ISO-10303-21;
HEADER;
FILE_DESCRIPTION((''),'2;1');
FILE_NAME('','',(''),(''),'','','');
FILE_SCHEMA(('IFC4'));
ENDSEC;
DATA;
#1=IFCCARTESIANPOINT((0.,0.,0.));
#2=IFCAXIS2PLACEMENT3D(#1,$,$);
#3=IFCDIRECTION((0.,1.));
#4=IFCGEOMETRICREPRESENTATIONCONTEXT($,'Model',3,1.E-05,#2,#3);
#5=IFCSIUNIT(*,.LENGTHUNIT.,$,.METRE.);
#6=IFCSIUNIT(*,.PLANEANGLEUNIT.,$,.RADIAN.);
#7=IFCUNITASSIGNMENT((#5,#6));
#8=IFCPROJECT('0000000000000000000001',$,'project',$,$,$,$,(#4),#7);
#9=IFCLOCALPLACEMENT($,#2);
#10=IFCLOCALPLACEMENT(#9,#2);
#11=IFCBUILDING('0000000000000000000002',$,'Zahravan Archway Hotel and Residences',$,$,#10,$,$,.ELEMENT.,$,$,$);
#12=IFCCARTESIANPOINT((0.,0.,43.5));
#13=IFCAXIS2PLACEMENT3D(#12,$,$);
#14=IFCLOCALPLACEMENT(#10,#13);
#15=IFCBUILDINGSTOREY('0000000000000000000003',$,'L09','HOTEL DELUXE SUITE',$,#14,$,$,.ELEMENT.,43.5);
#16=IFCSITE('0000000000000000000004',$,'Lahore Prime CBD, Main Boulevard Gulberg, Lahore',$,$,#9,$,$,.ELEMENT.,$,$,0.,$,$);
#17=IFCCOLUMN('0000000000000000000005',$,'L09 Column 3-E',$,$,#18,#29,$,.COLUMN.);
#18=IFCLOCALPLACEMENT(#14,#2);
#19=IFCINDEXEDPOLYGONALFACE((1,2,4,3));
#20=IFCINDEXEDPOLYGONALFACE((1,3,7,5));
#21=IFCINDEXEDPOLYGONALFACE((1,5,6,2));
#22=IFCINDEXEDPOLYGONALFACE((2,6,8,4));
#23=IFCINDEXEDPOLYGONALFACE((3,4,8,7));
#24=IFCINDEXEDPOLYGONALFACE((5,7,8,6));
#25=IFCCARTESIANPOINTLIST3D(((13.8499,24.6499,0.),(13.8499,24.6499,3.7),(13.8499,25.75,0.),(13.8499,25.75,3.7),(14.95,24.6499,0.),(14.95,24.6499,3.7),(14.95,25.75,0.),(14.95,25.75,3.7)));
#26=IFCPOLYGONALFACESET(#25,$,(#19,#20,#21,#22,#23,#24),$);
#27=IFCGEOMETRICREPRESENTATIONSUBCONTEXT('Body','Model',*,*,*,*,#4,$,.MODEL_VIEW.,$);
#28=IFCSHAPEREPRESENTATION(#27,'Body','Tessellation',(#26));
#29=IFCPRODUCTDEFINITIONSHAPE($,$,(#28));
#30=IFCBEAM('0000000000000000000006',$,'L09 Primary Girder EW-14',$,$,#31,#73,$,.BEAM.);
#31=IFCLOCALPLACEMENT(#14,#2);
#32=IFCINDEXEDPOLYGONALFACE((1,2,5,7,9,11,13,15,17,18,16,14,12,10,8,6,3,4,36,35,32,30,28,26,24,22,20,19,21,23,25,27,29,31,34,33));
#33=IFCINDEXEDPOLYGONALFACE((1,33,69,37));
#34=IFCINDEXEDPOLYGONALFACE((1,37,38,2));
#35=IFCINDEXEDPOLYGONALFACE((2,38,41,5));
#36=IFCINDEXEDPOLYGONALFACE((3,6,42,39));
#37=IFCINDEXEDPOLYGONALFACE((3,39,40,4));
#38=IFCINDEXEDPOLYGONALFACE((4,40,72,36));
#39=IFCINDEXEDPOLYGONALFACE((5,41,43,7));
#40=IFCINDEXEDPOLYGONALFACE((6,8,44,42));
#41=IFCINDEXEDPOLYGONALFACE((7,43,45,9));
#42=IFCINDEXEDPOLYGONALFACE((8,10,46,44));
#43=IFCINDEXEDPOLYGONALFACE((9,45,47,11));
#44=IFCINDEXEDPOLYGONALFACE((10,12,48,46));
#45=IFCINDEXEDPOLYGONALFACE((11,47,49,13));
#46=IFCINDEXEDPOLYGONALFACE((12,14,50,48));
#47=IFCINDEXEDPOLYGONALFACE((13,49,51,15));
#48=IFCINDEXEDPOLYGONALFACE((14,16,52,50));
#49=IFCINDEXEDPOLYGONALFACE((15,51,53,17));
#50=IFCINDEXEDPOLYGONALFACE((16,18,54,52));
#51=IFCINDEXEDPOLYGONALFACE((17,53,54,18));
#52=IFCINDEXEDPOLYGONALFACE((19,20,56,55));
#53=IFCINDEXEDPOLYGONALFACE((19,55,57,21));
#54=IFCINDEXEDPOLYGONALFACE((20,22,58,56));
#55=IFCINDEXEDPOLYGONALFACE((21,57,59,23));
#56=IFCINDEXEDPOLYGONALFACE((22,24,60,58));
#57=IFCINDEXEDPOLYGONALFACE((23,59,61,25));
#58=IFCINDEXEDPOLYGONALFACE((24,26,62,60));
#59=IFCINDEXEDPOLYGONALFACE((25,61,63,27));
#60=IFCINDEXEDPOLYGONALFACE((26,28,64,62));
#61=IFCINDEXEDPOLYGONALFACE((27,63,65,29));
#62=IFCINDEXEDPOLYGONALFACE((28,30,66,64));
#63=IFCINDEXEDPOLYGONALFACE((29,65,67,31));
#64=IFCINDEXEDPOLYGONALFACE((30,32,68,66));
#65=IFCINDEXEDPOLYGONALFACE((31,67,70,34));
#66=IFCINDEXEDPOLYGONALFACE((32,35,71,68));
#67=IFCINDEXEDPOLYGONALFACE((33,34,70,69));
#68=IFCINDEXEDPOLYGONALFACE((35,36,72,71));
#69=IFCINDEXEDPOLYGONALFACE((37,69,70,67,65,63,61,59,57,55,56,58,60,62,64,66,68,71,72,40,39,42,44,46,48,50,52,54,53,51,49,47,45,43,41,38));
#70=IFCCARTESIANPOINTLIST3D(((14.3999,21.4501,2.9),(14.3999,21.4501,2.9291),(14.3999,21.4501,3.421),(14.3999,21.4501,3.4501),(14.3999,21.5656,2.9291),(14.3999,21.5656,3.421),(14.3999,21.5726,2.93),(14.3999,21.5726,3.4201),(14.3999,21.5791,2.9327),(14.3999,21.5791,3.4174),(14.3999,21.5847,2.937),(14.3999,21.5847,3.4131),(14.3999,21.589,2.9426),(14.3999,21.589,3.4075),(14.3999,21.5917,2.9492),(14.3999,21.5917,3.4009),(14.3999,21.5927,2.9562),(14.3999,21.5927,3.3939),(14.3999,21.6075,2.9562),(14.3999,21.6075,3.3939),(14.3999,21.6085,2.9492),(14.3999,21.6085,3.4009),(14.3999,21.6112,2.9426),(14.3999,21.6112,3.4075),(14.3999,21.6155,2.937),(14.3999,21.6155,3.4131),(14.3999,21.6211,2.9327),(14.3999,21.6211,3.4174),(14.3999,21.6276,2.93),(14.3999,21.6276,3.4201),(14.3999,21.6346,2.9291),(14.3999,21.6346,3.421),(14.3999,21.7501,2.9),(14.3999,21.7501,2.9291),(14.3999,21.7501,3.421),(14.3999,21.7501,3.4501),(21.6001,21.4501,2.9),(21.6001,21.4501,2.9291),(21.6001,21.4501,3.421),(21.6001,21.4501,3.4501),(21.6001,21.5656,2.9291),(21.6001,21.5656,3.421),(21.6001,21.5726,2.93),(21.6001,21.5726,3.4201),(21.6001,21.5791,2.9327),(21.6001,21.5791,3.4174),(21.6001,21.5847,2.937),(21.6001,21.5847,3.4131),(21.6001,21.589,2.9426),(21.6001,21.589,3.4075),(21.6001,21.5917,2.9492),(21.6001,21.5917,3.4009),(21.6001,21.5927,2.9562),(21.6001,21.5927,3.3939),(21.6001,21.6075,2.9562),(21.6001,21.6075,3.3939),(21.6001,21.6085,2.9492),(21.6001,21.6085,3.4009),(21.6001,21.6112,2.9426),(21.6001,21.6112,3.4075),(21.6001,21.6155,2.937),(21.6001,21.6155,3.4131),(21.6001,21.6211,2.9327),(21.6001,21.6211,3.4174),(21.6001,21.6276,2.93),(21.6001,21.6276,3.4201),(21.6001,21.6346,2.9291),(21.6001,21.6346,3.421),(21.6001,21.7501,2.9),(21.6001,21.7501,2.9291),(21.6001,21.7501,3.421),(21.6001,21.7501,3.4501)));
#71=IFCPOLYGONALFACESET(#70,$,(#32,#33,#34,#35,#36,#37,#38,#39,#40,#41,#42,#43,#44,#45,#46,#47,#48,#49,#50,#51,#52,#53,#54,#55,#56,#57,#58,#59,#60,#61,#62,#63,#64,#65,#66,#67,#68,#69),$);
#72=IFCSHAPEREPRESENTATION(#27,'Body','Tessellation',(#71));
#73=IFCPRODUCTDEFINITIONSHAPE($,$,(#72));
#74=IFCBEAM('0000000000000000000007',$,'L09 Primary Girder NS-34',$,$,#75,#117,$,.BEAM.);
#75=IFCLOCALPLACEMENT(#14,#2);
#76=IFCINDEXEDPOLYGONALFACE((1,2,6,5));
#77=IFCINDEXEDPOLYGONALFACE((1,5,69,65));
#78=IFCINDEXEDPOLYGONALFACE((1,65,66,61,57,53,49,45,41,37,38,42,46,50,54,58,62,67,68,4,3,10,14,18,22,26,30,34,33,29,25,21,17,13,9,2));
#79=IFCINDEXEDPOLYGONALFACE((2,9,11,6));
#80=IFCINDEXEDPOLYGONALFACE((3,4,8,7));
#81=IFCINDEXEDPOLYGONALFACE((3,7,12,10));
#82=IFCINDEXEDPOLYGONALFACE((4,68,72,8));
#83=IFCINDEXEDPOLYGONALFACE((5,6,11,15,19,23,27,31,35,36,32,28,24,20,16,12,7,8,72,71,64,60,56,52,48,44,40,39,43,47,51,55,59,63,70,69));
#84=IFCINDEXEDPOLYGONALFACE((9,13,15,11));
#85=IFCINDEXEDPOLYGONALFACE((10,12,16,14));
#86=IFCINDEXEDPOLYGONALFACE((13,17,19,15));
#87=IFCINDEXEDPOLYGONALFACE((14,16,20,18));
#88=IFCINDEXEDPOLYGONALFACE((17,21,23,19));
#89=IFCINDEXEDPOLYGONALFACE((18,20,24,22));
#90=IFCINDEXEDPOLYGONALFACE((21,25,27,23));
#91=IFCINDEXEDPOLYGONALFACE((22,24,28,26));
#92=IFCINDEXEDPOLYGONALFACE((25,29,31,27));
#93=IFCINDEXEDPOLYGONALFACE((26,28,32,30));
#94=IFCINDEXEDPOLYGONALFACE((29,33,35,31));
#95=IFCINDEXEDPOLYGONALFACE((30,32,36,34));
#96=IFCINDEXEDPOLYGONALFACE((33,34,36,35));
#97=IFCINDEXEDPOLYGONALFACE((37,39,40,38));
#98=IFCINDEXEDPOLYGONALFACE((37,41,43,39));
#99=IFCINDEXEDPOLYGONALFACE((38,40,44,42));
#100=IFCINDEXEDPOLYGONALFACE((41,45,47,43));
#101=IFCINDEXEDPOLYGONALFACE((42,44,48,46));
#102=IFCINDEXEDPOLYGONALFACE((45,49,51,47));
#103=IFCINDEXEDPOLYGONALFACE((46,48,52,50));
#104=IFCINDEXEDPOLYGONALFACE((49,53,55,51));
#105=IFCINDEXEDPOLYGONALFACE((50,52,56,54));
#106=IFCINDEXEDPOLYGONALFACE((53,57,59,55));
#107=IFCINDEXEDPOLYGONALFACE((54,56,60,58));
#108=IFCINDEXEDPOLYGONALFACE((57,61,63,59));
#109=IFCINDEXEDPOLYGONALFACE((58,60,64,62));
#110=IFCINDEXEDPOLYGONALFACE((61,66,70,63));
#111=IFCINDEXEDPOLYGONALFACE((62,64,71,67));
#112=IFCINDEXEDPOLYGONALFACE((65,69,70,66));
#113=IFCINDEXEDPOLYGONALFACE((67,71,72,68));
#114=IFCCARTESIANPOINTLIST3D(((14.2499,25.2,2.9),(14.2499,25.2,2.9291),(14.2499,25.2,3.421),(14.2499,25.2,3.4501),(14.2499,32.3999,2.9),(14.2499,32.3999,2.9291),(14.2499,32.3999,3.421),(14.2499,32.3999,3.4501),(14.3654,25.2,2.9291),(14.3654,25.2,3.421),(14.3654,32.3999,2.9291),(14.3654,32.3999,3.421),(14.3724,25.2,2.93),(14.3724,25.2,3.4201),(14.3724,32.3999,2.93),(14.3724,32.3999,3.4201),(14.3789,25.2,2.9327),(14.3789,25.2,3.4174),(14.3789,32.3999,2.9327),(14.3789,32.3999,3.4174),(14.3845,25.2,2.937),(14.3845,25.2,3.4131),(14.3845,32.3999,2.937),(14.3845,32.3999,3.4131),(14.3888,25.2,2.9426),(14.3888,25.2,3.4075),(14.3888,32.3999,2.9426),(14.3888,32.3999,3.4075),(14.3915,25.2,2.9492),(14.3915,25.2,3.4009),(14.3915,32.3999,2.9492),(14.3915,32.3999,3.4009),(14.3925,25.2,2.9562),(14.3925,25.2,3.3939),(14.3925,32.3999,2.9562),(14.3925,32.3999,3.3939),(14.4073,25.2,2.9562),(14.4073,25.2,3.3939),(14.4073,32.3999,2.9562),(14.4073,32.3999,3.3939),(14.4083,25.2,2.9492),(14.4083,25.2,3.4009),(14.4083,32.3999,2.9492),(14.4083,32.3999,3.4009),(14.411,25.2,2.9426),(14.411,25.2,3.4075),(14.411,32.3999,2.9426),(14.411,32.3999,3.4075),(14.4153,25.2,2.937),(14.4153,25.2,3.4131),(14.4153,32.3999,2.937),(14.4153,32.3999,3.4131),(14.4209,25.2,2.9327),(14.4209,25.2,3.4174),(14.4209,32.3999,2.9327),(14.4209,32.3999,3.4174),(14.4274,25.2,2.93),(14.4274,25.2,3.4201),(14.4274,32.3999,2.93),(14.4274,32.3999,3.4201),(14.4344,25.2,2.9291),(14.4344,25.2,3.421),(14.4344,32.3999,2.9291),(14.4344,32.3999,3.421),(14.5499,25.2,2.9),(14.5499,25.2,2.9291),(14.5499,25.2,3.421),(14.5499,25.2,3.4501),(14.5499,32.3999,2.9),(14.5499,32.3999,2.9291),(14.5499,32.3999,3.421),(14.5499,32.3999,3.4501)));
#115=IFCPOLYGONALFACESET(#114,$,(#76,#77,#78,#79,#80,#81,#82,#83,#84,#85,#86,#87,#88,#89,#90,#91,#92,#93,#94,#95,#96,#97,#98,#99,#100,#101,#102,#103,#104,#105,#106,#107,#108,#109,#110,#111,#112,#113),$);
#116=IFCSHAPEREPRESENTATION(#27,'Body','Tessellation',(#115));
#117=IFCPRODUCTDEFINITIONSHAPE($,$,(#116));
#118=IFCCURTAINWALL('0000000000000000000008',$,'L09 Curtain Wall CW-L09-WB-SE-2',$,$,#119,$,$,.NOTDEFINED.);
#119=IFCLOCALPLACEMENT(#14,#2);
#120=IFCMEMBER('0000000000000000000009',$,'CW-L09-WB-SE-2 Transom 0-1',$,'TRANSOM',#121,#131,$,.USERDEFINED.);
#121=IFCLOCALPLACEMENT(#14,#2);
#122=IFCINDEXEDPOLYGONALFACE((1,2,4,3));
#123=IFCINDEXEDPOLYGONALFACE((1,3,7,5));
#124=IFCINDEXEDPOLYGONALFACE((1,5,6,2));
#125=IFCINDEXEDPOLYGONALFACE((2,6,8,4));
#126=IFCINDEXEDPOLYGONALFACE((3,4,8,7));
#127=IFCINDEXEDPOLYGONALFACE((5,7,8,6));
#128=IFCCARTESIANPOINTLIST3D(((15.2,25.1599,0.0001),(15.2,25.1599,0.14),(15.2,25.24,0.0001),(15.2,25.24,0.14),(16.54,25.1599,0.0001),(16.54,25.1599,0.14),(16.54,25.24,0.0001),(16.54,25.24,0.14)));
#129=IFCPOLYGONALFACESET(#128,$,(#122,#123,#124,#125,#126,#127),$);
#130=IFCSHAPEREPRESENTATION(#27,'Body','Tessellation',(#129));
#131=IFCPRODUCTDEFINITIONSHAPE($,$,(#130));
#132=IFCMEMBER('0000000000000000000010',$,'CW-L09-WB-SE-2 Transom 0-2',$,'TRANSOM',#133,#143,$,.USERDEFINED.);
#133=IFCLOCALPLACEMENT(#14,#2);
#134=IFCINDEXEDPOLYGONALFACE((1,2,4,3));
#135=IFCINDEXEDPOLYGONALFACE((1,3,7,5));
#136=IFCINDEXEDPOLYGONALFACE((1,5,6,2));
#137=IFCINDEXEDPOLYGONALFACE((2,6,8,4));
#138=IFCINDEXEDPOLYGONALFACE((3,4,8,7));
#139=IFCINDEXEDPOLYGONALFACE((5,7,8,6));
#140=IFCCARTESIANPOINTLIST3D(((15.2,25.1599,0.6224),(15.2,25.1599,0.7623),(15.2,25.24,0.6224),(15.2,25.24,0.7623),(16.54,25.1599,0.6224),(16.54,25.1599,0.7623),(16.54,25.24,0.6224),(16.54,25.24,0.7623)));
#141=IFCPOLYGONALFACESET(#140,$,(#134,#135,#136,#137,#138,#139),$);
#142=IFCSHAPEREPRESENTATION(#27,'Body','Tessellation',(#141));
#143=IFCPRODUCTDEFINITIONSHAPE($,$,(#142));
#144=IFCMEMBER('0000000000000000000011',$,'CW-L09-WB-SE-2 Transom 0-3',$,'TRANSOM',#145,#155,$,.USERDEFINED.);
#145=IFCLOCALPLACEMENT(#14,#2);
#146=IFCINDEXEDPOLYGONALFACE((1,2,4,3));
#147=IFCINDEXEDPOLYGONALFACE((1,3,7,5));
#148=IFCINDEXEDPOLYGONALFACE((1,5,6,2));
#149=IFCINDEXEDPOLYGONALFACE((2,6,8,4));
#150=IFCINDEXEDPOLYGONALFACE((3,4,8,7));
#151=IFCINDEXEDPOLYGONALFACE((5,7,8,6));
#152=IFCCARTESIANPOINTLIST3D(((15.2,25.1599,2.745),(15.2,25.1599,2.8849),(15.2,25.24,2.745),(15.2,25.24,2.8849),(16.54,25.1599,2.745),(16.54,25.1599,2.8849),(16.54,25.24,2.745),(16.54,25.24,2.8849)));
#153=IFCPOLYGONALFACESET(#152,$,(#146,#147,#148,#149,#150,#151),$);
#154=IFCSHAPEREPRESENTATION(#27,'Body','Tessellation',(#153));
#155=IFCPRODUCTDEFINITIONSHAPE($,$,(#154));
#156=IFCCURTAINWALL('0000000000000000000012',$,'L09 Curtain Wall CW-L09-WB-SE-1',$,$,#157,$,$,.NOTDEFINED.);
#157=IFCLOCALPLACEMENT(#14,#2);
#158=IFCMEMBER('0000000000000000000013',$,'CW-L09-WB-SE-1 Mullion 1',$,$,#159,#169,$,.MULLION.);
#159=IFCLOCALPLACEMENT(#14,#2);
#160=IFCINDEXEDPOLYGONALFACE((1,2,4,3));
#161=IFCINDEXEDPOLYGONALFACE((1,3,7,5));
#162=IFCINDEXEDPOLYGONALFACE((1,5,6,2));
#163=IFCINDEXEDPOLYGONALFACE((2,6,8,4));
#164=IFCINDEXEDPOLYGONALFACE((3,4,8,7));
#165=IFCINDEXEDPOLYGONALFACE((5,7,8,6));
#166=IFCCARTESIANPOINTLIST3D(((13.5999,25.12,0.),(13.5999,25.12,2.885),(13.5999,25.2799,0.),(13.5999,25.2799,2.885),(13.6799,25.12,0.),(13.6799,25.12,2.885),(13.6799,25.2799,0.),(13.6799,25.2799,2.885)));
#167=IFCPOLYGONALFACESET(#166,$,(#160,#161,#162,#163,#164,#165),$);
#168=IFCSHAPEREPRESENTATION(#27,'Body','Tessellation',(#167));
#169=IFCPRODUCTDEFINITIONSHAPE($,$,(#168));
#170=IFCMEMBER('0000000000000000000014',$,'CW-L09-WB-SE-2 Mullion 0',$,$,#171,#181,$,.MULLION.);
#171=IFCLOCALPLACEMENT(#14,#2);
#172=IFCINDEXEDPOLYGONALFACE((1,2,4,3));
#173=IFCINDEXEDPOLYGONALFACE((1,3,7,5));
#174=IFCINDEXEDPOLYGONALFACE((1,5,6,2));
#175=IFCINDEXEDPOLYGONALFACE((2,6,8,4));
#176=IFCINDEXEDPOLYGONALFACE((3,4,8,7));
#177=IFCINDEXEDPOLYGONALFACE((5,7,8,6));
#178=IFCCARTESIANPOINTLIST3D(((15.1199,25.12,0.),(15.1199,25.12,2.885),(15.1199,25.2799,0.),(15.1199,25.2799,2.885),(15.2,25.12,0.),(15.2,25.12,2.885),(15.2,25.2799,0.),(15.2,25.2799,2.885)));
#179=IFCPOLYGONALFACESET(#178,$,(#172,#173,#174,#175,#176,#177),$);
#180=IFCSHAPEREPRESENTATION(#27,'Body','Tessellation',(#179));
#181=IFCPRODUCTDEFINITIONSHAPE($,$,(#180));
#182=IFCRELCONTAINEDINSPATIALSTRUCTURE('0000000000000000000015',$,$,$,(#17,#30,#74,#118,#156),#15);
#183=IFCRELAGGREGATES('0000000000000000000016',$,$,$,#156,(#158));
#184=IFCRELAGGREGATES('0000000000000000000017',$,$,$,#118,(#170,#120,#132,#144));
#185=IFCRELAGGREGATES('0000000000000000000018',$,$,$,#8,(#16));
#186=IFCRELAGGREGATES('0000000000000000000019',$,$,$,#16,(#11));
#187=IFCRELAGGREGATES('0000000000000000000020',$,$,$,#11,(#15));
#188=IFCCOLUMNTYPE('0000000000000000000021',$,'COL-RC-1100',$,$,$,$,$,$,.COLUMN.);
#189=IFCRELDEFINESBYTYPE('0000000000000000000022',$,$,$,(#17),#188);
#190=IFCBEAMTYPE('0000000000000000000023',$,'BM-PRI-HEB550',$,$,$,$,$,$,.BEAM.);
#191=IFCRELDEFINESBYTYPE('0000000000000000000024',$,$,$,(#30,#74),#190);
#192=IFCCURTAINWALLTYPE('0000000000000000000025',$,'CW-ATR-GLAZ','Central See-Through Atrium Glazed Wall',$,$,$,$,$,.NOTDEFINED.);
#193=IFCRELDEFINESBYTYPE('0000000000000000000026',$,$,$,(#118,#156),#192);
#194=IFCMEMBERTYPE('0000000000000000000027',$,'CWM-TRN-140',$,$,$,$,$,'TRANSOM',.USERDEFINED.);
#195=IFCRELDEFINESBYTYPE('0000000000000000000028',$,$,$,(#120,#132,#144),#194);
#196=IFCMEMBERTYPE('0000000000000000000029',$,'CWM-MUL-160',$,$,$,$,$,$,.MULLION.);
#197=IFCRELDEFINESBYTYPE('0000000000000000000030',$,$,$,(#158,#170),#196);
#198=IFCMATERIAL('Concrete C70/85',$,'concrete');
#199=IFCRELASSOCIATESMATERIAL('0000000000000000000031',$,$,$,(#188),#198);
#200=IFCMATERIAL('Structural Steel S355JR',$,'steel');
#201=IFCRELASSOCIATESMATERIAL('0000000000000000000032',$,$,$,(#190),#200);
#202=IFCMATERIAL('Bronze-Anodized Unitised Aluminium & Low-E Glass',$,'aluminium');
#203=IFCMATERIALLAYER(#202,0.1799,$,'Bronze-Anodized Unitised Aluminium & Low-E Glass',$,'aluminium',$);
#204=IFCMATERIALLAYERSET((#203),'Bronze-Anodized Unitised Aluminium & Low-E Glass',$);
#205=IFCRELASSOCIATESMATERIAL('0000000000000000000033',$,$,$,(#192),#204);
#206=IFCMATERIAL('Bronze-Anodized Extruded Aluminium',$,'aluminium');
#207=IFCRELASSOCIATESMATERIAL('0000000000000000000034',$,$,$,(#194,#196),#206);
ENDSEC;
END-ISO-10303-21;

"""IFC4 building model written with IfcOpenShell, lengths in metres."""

from ifc_helpers import new_model, si_unit, direction, frame, origin, origin_2d, place, context, subcontext, project, spatial, rectangle, i_section, extrude, source, transform, mapped, material, layer, layer_set, material_profile, profile_set, type_object, type_shapes, element, aggregate, save


model = new_model("IFC4")

# Units and contexts
model_context = context("Model", 3, precision=1e-05, world=origin(), true_north=direction((0.0, 1.0)))
body_context = subcontext(model_context, "Body", "Model", "MODEL_VIEW")
ifc_project = project(units=[si_unit("LENGTHUNIT", "METRE"), si_unit("PLANEANGLEUNIT", "RADIAN")], contexts=[model_context])

# Site, building, storey
site_placement = place(None, origin())
site = spatial("IfcSite", under=ifc_project, at=site_placement, Name="Lahore Prime CBD, Main Boulevard Gulberg, Lahore", CompositionType="ELEMENT", RefElevation=0.0)
building_placement = place(site_placement, origin())
building = spatial("IfcBuilding", under=site, at=building_placement, Name="Zahravan Archway Hotel and Residences", CompositionType="ELEMENT")
storey_placement = place(building_placement, frame((0.0, 0.0, 43.5)))
storey = spatial("IfcBuildingStorey", under=building, at=storey_placement, Name="L09", Description="HOTEL DELUXE SUITE", CompositionType="ELEMENT", Elevation=43.5)

# Column
ifc_material_1 = material(Name="Concrete C70/85", Category="concrete")
ifc_material_profile_1 = material_profile(ifc_material_1, rectangle(XDim=1.1001, YDim=1.1001, at=origin_2d()), Name="RC 1100x1100", Category="concrete")
ifc_profile_set_1 = profile_set([ifc_material_profile_1], Name="Concrete C70/85")
column_type = type_object("IfcColumnType", Name="COL-RC-1100", PredefinedType="COLUMN", material=ifc_profile_set_1)
shared_shape_1 = source(origin(), body_context, "Body", "SweptSolid", [
    extrude(rectangle(XDim=1.1001, YDim=1.1001, at=origin_2d()), origin(), (0.0, 0.0, 1.0), 3.7),
])
column_placement = place(storey_placement, frame((14.3999, 25.2, 0.0), z_axis=(0.0, 0.0, 1.0), x_axis=(1.0, 0.0, 0.0)))
element("IfcColumn", 1, at=column_placement, inside=storey, type_object=column_type, Name="L09 Column 3-E", PredefinedType="COLUMN", context=body_context, shape_type="MappedRepresentation", body=[
    mapped(shared_shape_1, transform((0.0, 0.0, 0.0), scale=1.0)),
])

# Beams
ifc_material_2 = material(Name="Structural Steel S355JR", Category="steel")
ifc_material_profile_2 = material_profile(ifc_material_2, i_section(OverallWidth=0.3, OverallDepth=0.55, WebThickness=0.0149, FlangeThickness=0.0291, FilletRadius=0.0271, at=origin_2d()), Name="HEB 550", Category="steel")
ifc_profile_set_2 = profile_set([ifc_material_profile_2], Name="Structural Steel S355JR")
beam_type = type_object("IfcBeamType", Name="BM-PRI-HEB550", PredefinedType="BEAM", material=ifc_profile_set_2)
shared_shape_2 = source(origin(), body_context, "Body", "SweptSolid", [
    extrude(i_section(OverallWidth=0.3, OverallDepth=0.55, WebThickness=0.0149, FlangeThickness=0.0291, FilletRadius=0.0271, at=origin_2d()), origin(), (0.0, 0.0, 1.0), 7.2002),
])
type_shapes(beam_type, [shared_shape_2])
beam_1_placement = place(storey_placement, frame((14.3999, 21.6001, 3.175), z_axis=(1.0, 0.0, 0.0), x_axis=(0.0, 1.0, 0.0)))
element("IfcBeam", 2, at=beam_1_placement, inside=storey, type_object=beam_type, Name="L09 Primary Girder EW-14", PredefinedType="BEAM", context=body_context, shape_type="MappedRepresentation", body=[
    mapped(shared_shape_2, transform((0.0, 0.0, 0.0), scale=1.0)),
])
shared_shape_3 = source(origin(), body_context, "Body", "SweptSolid", [
    extrude(i_section(OverallWidth=0.3, OverallDepth=0.55, WebThickness=0.0149, FlangeThickness=0.0291, FilletRadius=0.0271, at=origin_2d()), origin(), (0.0, 0.0, 1.0), 7.2),
])
beam_2_placement = place(storey_placement, frame((14.3999, 25.2, 3.175), z_axis=(0.0, 1.0, 0.0), x_axis=(-1.0, 0.0, 0.0)))
element("IfcBeam", 3, at=beam_2_placement, inside=storey, type_object=beam_type, Name="L09 Primary Girder NS-34", PredefinedType="BEAM", context=body_context, shape_type="MappedRepresentation", body=[
    mapped(shared_shape_3, transform((0.0, 0.0, 0.0), scale=1.0)),
])

# Curtain wall, members
ifc_material_3 = material(Name="Bronze-Anodized Unitised Aluminium & Low-E Glass", Category="aluminium")
ifc_layer_1 = layer(ifc_material_3, 0.1799, Name="Bronze-Anodized Unitised Aluminium & Low-E Glass", Category="aluminium")
ifc_layer_set_1 = layer_set([ifc_layer_1], Name="Bronze-Anodized Unitised Aluminium & Low-E Glass")
curtain_wall_type = type_object("IfcCurtainWallType", Name="CW-ATR-GLAZ", Description="Central See-Through Atrium Glazed Wall", PredefinedType="NOTDEFINED", material=ifc_layer_set_1)
curtain_wall_1_placement = place(storey_placement, origin())
curtain_wall_1 = element("IfcCurtainWall", 4, at=curtain_wall_1_placement, inside=storey, type_object=curtain_wall_type, Name="L09 Curtain Wall CW-L09-WB-SE-2", PredefinedType="NOTDEFINED")
ifc_material_4 = material(Name="Bronze-Anodized Extruded Aluminium", Category="aluminium")
ifc_material_profile_3 = material_profile(ifc_material_4, rectangle(XDim=0.0801, YDim=0.1399, at=origin_2d()), Name="TRN 80x140", Category="aluminium")
ifc_profile_set_3 = profile_set([ifc_material_profile_3], Name="Bronze-Anodized Extruded Aluminium")
member_type_1 = type_object("IfcMemberType", Name="CWM-TRN-140", ElementType="TRANSOM", PredefinedType="USERDEFINED", material=ifc_profile_set_3)
shared_shape_4 = source(origin(), body_context, "Body", "SweptSolid", [
    extrude(rectangle(XDim=0.0801, YDim=0.1399, at=origin_2d()), origin(), (0.0, 0.0, 1.0), 1.3401),
])
member_1_placement = place(storey_placement, frame((15.2, 25.2, 0.0701), z_axis=(1.0, 0.0, 0.0), x_axis=(0.0, 1.0, 0.0)))
member_1 = element("IfcMember", 5, at=member_1_placement, type_object=member_type_1, Name="CW-L09-WB-SE-2 Transom 0-1", ObjectType="TRANSOM", PredefinedType="USERDEFINED", context=body_context, shape_type="MappedRepresentation", body=[
    mapped(shared_shape_4, transform((0.0, 0.0, 0.0), scale=1.0)),
])
member_2_placement = place(storey_placement, frame((15.2, 25.2, 0.6924), z_axis=(1.0, 0.0, 0.0), x_axis=(0.0, 1.0, 0.0)))
member_2 = element("IfcMember", 6, at=member_2_placement, type_object=member_type_1, Name="CW-L09-WB-SE-2 Transom 0-2", ObjectType="TRANSOM", PredefinedType="USERDEFINED", context=body_context, shape_type="MappedRepresentation", body=[
    mapped(shared_shape_4, transform((0.0, 0.0, 0.0), scale=1.0)),
])
member_3_placement = place(storey_placement, frame((15.2, 25.2, 2.8149), z_axis=(1.0, 0.0, 0.0), x_axis=(0.0, 1.0, 0.0)))
member_3 = element("IfcMember", 7, at=member_3_placement, type_object=member_type_1, Name="CW-L09-WB-SE-2 Transom 0-3", ObjectType="TRANSOM", PredefinedType="USERDEFINED", context=body_context, shape_type="MappedRepresentation", body=[
    mapped(shared_shape_4, transform((0.0, 0.0, 0.0), scale=1.0)),
])

# Curtain wall, member
curtain_wall_2_placement = place(storey_placement, origin())
curtain_wall_2 = element("IfcCurtainWall", 8, at=curtain_wall_2_placement, inside=storey, type_object=curtain_wall_type, Name="L09 Curtain Wall CW-L09-WB-SE-1", PredefinedType="NOTDEFINED")
ifc_material_profile_4 = material_profile(ifc_material_4, rectangle(XDim=0.0801, YDim=0.1599, at=origin_2d()), Name="MUL 80x160", Category="aluminium")
ifc_profile_set_4 = profile_set([ifc_material_profile_4], Name="Bronze-Anodized Extruded Aluminium")
member_type_2 = type_object("IfcMemberType", Name="CWM-MUL-160", PredefinedType="MULLION", material=ifc_profile_set_4)
shared_shape_5 = source(origin(), body_context, "Body", "SweptSolid", [
    extrude(rectangle(XDim=0.0801, YDim=0.1599, at=origin_2d()), origin(), (0.0, 0.0, 1.0), 2.885),
])
member_4_placement = place(storey_placement, frame((13.6399, 25.2, 0.0), z_axis=(0.0, 0.0, 1.0), x_axis=(1.0, 0.0, 0.0)))
member_4 = element("IfcMember", 9, at=member_4_placement, type_object=member_type_2, Name="CW-L09-WB-SE-1 Mullion 1", PredefinedType="MULLION", context=body_context, shape_type="MappedRepresentation", body=[
    mapped(shared_shape_5, transform((0.0, 0.0, 0.0), scale=1.0)),
])
aggregate(curtain_wall_2, [member_4])

# Member
member_5_placement = place(storey_placement, frame((15.1599, 25.2, 0.0), z_axis=(0.0, 0.0, 1.0), x_axis=(1.0, 0.0, 0.0)))
member_5 = element("IfcMember", 10, at=member_5_placement, type_object=member_type_2, Name="CW-L09-WB-SE-2 Mullion 0", PredefinedType="MULLION", context=body_context, shape_type="MappedRepresentation", body=[
    mapped(shared_shape_5, transform((0.0, 0.0, 0.0), scale=1.0)),
])
aggregate(curtain_wall_1, [member_5, member_1, member_2, member_3])

save(model, "model.ifc")
